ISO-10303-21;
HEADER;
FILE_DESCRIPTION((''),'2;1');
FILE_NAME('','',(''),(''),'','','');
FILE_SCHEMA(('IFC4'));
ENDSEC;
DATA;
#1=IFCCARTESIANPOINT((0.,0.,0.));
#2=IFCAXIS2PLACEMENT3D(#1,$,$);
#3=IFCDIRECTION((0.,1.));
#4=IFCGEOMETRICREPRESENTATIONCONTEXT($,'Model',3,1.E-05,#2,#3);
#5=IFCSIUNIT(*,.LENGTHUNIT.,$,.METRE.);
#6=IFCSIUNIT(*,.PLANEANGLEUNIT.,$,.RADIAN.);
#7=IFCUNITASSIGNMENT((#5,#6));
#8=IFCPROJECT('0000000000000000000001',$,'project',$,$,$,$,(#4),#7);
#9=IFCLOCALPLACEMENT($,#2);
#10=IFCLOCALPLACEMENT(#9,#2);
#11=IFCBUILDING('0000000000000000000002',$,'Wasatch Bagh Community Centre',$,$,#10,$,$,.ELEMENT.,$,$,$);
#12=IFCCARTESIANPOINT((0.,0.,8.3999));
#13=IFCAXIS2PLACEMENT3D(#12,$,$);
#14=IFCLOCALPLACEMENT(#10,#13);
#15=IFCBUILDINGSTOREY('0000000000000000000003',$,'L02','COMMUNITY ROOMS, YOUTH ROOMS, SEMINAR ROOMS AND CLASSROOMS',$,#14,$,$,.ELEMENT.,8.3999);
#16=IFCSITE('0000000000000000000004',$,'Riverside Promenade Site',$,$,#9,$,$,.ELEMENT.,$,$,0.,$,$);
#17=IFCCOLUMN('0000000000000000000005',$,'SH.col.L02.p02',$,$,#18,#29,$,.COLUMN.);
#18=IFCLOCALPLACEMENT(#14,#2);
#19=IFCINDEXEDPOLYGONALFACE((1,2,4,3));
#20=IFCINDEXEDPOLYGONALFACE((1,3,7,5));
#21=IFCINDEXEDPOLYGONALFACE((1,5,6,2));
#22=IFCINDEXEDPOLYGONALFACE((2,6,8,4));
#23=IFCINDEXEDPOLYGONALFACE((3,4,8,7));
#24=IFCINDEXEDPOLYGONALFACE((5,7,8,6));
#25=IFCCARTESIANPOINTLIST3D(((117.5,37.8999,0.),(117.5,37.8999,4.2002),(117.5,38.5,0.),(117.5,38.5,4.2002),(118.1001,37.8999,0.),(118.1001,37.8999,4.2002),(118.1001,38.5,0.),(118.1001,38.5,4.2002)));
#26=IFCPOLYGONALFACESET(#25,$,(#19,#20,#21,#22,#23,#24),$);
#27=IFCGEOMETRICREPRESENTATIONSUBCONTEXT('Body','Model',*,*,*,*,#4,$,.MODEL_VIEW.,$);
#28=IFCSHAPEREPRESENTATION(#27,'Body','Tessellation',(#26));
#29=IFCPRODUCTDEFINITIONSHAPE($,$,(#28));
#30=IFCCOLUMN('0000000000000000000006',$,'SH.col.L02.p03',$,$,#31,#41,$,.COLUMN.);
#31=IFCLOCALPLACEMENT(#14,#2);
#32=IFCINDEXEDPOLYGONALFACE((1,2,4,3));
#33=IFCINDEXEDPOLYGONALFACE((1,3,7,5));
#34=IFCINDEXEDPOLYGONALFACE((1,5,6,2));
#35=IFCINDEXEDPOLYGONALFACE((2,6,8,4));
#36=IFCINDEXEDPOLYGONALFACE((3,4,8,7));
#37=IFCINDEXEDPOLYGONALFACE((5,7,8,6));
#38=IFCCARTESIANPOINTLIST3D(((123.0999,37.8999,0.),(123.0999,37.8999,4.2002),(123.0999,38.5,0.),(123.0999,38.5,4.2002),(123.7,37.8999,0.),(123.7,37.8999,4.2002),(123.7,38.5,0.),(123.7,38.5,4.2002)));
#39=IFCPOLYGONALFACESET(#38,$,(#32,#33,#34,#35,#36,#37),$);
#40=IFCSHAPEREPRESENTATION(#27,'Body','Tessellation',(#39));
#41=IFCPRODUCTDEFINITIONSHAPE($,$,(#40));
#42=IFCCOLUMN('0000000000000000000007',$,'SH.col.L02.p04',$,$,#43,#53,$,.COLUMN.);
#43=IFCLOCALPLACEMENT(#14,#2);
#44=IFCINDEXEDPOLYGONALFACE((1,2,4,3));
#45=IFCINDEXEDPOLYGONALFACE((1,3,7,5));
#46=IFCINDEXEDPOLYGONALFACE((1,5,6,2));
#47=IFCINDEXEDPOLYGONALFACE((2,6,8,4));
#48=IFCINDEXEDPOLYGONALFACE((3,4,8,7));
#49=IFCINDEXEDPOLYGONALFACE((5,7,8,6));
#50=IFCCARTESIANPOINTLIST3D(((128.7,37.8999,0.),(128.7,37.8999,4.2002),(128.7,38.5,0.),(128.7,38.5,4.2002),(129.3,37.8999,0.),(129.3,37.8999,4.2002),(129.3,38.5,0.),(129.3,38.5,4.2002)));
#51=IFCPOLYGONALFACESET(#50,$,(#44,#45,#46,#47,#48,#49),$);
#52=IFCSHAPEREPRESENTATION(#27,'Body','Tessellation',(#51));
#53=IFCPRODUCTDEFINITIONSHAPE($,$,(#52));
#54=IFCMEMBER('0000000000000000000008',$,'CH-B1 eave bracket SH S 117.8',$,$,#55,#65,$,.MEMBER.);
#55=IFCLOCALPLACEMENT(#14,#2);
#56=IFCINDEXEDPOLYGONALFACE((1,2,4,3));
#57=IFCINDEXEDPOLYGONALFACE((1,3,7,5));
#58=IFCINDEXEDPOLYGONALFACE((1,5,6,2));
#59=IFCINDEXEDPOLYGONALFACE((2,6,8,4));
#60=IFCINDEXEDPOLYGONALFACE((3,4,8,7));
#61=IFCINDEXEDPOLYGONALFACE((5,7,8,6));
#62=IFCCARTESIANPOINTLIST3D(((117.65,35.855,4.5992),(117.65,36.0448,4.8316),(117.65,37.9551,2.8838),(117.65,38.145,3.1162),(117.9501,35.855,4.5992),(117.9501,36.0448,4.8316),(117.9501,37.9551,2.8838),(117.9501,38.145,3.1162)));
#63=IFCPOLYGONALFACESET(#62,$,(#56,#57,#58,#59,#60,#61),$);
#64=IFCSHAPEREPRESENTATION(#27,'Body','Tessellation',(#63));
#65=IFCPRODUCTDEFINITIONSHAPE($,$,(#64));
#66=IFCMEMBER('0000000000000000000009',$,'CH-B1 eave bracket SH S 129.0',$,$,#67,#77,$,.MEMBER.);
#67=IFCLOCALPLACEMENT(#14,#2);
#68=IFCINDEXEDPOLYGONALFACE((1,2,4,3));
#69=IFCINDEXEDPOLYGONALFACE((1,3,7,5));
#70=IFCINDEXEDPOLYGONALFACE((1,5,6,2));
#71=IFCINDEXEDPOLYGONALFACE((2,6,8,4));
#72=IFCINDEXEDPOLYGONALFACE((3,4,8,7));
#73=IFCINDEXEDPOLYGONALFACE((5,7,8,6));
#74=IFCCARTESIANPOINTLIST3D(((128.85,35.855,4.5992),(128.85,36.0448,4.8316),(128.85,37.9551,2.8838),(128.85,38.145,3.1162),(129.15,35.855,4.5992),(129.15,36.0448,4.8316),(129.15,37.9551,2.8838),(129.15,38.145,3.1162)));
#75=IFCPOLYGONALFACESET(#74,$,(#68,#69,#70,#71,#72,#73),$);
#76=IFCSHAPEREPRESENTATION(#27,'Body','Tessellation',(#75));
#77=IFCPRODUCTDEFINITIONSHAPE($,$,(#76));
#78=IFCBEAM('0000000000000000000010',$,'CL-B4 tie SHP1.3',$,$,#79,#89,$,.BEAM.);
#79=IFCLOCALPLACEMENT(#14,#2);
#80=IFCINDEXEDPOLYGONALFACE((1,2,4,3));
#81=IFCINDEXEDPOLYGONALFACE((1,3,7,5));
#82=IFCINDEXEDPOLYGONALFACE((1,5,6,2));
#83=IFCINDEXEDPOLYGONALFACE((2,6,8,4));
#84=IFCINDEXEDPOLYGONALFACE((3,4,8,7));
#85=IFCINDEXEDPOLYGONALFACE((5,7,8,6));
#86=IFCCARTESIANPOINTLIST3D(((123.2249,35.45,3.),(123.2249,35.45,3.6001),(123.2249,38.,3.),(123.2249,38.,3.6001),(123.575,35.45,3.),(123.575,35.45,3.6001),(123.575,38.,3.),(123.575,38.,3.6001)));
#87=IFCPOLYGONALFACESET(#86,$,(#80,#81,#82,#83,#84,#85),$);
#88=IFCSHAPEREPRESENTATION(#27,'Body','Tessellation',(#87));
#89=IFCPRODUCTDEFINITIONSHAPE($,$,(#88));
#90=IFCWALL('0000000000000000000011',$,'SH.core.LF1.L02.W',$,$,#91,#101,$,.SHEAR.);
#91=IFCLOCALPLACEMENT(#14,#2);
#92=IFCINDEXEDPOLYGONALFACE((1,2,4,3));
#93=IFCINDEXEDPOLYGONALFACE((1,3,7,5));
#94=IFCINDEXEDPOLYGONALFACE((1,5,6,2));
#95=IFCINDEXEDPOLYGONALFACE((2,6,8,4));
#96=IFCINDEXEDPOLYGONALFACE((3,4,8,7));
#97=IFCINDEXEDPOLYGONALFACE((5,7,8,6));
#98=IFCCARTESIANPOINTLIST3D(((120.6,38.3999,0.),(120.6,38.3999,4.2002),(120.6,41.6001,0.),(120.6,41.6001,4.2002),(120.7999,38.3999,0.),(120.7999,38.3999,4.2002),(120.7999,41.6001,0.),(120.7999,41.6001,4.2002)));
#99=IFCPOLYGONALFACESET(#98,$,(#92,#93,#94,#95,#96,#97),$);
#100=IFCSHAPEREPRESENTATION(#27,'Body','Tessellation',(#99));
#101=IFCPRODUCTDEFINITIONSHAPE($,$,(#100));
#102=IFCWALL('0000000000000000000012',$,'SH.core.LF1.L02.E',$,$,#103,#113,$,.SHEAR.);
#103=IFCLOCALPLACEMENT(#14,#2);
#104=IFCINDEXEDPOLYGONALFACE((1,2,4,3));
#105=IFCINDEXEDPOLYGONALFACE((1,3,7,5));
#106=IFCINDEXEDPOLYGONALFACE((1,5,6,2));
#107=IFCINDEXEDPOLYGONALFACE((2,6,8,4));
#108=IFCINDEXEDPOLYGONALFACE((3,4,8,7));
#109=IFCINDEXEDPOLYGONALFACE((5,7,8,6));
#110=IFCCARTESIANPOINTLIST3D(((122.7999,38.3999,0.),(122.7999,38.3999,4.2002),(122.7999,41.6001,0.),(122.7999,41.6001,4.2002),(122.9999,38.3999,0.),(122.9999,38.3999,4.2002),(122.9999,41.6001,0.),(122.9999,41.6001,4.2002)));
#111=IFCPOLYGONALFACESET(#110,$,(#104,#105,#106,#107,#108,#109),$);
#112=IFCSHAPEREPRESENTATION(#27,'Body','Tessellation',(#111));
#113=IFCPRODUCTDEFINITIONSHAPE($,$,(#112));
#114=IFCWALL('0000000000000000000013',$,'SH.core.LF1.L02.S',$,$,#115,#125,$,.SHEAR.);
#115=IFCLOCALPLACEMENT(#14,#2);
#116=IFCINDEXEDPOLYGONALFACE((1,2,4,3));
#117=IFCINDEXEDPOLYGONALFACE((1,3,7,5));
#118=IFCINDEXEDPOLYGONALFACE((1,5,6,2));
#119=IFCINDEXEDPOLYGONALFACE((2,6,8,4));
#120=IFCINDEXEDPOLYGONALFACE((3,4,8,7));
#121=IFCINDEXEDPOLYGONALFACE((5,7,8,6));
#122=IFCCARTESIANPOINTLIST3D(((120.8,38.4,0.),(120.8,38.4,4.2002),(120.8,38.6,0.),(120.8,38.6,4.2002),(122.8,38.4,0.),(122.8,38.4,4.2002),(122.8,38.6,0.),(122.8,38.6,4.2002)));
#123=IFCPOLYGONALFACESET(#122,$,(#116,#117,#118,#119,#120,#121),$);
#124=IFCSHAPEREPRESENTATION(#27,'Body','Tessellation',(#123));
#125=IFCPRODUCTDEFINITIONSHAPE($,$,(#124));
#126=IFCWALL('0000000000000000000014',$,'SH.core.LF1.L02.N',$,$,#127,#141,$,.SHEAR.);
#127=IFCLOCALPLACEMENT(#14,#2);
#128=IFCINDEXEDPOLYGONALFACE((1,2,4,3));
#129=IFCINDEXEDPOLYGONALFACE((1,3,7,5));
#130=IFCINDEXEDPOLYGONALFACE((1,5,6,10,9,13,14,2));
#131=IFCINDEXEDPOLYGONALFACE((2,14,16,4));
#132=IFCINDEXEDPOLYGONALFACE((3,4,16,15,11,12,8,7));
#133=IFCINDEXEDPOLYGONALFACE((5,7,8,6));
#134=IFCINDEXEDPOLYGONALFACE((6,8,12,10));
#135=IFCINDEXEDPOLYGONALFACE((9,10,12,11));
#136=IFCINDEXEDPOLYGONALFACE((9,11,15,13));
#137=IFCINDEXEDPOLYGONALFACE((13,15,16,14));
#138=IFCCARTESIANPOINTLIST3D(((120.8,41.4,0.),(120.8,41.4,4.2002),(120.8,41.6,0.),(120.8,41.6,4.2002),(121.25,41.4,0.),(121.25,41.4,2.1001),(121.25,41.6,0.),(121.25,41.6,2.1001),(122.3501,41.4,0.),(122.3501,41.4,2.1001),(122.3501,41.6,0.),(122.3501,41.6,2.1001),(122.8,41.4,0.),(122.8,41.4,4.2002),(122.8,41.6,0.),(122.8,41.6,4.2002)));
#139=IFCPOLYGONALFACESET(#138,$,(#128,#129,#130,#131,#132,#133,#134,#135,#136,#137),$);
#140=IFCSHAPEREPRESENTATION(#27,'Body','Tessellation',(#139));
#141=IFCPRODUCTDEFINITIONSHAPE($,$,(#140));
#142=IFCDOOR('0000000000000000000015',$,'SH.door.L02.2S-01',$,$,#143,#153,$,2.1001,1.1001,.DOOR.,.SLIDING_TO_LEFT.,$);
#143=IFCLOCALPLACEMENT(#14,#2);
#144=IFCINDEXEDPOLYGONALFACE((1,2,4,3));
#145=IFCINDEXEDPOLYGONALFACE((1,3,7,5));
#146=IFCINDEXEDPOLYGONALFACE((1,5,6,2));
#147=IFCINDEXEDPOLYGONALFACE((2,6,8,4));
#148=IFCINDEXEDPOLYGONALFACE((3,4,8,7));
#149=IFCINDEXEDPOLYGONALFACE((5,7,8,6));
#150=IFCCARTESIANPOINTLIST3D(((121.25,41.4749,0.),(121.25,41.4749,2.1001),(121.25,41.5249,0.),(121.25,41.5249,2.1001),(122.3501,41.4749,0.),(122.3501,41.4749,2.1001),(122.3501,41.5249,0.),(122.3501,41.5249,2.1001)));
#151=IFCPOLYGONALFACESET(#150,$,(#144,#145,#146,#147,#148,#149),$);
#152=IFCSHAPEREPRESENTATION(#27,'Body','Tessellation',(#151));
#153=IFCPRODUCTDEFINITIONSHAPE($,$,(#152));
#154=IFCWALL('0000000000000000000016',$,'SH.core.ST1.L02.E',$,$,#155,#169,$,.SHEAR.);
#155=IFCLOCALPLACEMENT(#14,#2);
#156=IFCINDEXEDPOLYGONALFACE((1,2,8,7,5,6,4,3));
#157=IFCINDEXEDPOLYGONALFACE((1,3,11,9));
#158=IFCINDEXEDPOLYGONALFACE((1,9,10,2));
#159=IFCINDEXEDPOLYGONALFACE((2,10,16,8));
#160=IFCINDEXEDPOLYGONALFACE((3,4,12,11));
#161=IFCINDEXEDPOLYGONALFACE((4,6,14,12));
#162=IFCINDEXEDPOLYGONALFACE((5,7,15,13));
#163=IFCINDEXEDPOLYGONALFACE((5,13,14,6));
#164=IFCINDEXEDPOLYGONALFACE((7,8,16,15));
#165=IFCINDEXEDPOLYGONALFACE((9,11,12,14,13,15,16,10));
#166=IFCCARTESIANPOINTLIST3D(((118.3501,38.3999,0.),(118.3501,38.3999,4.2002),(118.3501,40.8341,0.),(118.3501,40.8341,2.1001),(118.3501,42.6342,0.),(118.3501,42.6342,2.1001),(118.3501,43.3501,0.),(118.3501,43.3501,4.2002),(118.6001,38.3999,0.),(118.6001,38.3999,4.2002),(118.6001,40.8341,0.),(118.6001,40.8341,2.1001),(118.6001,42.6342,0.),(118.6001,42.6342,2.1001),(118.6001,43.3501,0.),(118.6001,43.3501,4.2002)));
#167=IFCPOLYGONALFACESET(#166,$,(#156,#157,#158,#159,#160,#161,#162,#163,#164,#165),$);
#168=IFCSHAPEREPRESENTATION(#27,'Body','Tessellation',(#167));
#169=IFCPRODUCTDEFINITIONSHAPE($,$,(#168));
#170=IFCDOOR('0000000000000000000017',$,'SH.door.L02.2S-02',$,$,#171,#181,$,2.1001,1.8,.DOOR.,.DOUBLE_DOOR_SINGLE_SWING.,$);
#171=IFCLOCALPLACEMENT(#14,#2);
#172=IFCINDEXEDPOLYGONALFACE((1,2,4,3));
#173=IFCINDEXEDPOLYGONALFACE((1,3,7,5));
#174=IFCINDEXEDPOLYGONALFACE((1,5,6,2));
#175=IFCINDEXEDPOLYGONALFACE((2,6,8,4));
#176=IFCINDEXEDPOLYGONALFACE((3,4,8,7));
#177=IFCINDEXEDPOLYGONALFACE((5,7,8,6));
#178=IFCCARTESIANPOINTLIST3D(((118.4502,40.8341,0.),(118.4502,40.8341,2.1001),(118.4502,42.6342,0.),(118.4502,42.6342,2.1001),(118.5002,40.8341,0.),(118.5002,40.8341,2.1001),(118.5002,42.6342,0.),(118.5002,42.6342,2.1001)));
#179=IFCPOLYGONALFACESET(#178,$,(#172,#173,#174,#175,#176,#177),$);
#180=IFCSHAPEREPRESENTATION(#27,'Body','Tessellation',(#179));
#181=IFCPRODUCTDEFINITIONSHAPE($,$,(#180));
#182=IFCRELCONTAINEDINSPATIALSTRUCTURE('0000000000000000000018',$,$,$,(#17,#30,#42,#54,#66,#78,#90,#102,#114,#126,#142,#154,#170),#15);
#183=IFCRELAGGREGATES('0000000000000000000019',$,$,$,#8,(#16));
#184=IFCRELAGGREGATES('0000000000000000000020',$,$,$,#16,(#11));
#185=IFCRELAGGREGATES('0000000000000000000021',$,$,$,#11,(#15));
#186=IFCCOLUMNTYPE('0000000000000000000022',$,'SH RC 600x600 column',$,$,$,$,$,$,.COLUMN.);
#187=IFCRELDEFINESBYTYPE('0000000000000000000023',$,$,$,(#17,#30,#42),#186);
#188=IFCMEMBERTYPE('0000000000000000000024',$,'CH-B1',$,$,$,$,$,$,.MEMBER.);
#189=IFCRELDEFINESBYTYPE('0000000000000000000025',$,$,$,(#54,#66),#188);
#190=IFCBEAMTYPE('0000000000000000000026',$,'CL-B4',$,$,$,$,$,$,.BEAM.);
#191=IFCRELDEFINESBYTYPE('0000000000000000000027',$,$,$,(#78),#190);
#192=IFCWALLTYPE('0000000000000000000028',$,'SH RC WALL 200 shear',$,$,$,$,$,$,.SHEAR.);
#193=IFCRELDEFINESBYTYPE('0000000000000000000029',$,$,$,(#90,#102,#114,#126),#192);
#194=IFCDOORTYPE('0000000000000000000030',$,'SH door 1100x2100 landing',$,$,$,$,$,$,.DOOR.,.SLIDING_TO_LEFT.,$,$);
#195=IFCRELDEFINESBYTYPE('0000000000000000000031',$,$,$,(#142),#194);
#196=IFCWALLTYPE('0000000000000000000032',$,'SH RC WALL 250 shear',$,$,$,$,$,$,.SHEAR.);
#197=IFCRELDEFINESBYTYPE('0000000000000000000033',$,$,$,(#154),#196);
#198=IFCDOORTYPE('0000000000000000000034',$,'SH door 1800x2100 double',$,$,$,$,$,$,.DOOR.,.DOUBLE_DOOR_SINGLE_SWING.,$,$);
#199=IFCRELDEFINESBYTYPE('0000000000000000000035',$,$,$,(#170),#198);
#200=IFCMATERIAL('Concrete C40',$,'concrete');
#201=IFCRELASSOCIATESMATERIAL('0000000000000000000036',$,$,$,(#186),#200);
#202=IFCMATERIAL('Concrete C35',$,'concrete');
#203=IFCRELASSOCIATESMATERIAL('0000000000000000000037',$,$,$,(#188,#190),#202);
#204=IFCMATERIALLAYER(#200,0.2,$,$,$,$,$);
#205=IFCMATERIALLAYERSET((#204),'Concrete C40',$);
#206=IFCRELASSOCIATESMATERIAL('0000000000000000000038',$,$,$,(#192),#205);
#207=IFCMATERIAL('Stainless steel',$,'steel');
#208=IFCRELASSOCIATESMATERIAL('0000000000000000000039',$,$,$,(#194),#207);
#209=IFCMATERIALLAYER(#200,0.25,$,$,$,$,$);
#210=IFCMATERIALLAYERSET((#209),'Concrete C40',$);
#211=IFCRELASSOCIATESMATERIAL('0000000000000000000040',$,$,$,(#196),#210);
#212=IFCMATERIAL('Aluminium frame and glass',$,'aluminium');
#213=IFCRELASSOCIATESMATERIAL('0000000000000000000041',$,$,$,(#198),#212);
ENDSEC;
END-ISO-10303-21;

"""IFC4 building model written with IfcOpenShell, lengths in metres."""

from ifc_helpers import new_model, si_unit, direction, frame, frame_2d, origin, origin_2d, place, context, subcontext, project, spatial, rectangle, extrude, material, layer, layer_set, material_profile, profile_set, type_object, element, fill, save


model = new_model("IFC4")

# Units and contexts
model_context = context("Model", 3, precision=1e-05, world=origin(), true_north=direction((0.0, 1.0)))
body_context = subcontext(model_context, "Body", "Model", "MODEL_VIEW")
ifc_project = project(units=[si_unit("LENGTHUNIT", "METRE"), si_unit("PLANEANGLEUNIT", "RADIAN")], contexts=[model_context])

# Site, building, storey
site_placement = place(None, origin())
site = spatial("IfcSite", under=ifc_project, at=site_placement, Name="Riverside Promenade Site", CompositionType="ELEMENT", RefElevation=0.0)
building_placement = place(site_placement, origin())
building = spatial("IfcBuilding", under=site, at=building_placement, Name="Wasatch Bagh Community Centre", CompositionType="ELEMENT")
storey_placement = place(building_placement, frame((0.0, 0.0, 8.3999)))
storey = spatial("IfcBuildingStorey", under=building, at=storey_placement, Name="L02", Description="COMMUNITY ROOMS, YOUTH ROOMS, SEMINAR ROOMS AND CLASSROOMS", CompositionType="ELEMENT", Elevation=8.3999)

# Columns
ifc_material_1 = material(Name="Concrete C40", Category="concrete")
ifc_material_profile_1 = material_profile(ifc_material_1, rectangle(XDim=0.6001, YDim=0.6001, at=origin_2d()), Name="RC 600x600")
ifc_profile_set_1 = profile_set([ifc_material_profile_1], Name="Concrete C40")
column_type = type_object("IfcColumnType", Name="SH RC 600x600 column", PredefinedType="COLUMN", material=ifc_profile_set_1)
for number, where, z_axis, x_axis, name in (
    (1, (117.8, 38.2, 0.0), (0.0, 0.0, 1.0), (1.0, 0.0, 0.0), "SH.col.L02.p02"),
    (2, (123.3999, 38.2, 0.0), (0.0, 0.0, 1.0), (1.0, 0.0, 0.0), "SH.col.L02.p03"),
    (3, (129.0, 38.2, 0.0), (0.0, 0.0, 1.0), (1.0, 0.0, 0.0), "SH.col.L02.p04"),
):
    element("IfcColumn", number, at=place(storey_placement, frame(where, z_axis=z_axis, x_axis=x_axis)), inside=storey, type_object=column_type, Name=name, PredefinedType="COLUMN", context=body_context, shape_type="SweptSolid", body=[
        extrude(rectangle(XDim=0.6001, YDim=0.6001, at=origin_2d()), origin(), (0.0, 0.0, 1.0), 4.2002),
    ])

# Members
ifc_material_2 = material(Name="Concrete C35", Category="concrete")
ifc_material_profile_2 = material_profile(ifc_material_2, rectangle(XDim=0.3, YDim=0.3, at=origin_2d()), Name="RC 300x300")
ifc_profile_set_2 = profile_set([ifc_material_profile_2], Name="Concrete C35")
member_type = type_object("IfcMemberType", Name="CH-B1", PredefinedType="MEMBER", material=ifc_profile_set_2)
for number, where, z_axis, x_axis, name in (
    (4, (117.8, 38.05, 3.0), (0.0, -0.774487, 0.63259), (1.0, 0.0, 0.0), "CH-B1 eave bracket SH S 117.8"),
    (5, (129.0, 38.05, 3.0), (0.0, -0.774487, 0.63259), (1.0, 0.0, 0.0), "CH-B1 eave bracket SH S 129.0"),
):
    element("IfcMember", number, at=place(storey_placement, frame(where, z_axis=z_axis, x_axis=x_axis)), inside=storey, type_object=member_type, Name=name, PredefinedType="MEMBER", context=body_context, shape_type="SweptSolid", body=[
        extrude(rectangle(XDim=0.3, YDim=0.3, at=origin_2d()), origin(), (0.0, 0.0, 1.0), 2.7117),
    ])

# Beam
ifc_material_profile_3 = material_profile(ifc_material_2, rectangle(XDim=0.3501, YDim=0.6001, at=origin_2d()), Name="RC 350x600")
ifc_profile_set_3 = profile_set([ifc_material_profile_3], Name="Concrete C35")
beam_type = type_object("IfcBeamType", Name="CL-B4", PredefinedType="BEAM", material=ifc_profile_set_3)
beam_placement = place(storey_placement, frame((123.3999, 38.0, 3.3), z_axis=(0.0, -1.0, 0.0), x_axis=(1.0, 0.0, 0.0)))
element("IfcBeam", 6, at=beam_placement, inside=storey, type_object=beam_type, Name="CL-B4 tie SHP1.3", PredefinedType="BEAM", context=body_context, shape_type="SweptSolid", body=[
    extrude(rectangle(XDim=0.3501, YDim=0.6001, at=origin_2d()), origin(), (0.0, 0.0, 1.0), 2.55),
])

# Walls
ifc_layer_1 = layer(ifc_material_1, 0.2)
ifc_layer_set_1 = layer_set([ifc_layer_1], Name="Concrete C40")
wall_type_1 = type_object("IfcWallType", Name="SH RC WALL 200 shear", PredefinedType="SHEAR", material=ifc_layer_set_1)
for number, where, z_axis, x_axis, name in (
    (7, (120.7, 38.3999, 0.0), (0.0, 0.0, 1.0), (0.0, 1.0, 0.0), "SH.core.LF1.L02.W"),
    (8, (122.8999, 38.3999, 0.0), (0.0, 0.0, 1.0), (0.0, 1.0, 0.0), "SH.core.LF1.L02.E"),
):
    element("IfcWall", number, at=place(storey_placement, frame(where, z_axis=z_axis, x_axis=x_axis)), inside=storey, type_object=wall_type_1, Name=name, PredefinedType="SHEAR", context=body_context, shape_type="SweptSolid", body=[
        extrude(rectangle(XDim=3.2002, YDim=0.2, at=frame_2d((1.6001, 0.0))), origin(), (0.0, 0.0, 1.0), 4.2002),
    ])
wall_1_placement = place(storey_placement, frame((120.8, 38.5, 0.0), z_axis=(0.0, 0.0, 1.0), x_axis=(1.0, 0.0, 0.0)))
element("IfcWall", 9, at=wall_1_placement, inside=storey, type_object=wall_type_1, Name="SH.core.LF1.L02.S", PredefinedType="SHEAR", context=body_context, shape_type="SweptSolid", body=[
    extrude(rectangle(XDim=2.0, YDim=0.2, at=frame_2d((1.0, 0.0))), origin(), (0.0, 0.0, 1.0), 4.2002),
])

# Walls, openings, doors
wall_2_placement = place(storey_placement, frame((120.8, 41.5, 0.0), z_axis=(0.0, 0.0, 1.0), x_axis=(1.0, 0.0, 0.0)))
wall_2 = element("IfcWall", 10, at=wall_2_placement, inside=storey, type_object=wall_type_1, Name="SH.core.LF1.L02.N", PredefinedType="SHEAR", context=body_context, shape_type="SweptSolid", body=[
    extrude(rectangle(XDim=2.0, YDim=0.2, at=frame_2d((1.0, 0.0))), origin(), (0.0, 0.0, 1.0), 4.2002),
])
opening_1_placement = place(wall_2_placement, frame((0.45, 0.0, 0.0)))
opening_1 = element("IfcOpeningElement", 11, at=opening_1_placement, cuts=wall_2, PredefinedType="OPENING", context=body_context, shape_type="SweptSolid", body=[
    extrude(rectangle(XDim=1.1001, YDim=2.1001, at=frame_2d((0.55, 1.05))), frame((0.0, 0.1099, 0.0), z_axis=(0.0, -1.0, 0.0), x_axis=(1.0, 0.0, 0.0)), (0.0, 0.0, 1.0), 0.22),
])
ifc_material_3 = material(Name="Stainless steel", Category="steel")
door_type_1 = type_object("IfcDoorType", Name="SH door 1100x2100 landing", OperationType="SLIDING_TO_LEFT", PredefinedType="DOOR", material=ifc_material_3)
door_1_placement = place(opening_1_placement, origin())
door_1 = element("IfcDoor", 12, at=door_1_placement, inside=storey, type_object=door_type_1, Name="SH.door.L02.2S-01", OperationType="SLIDING_TO_LEFT", OverallHeight=2.1001, OverallWidth=1.1001, PredefinedType="DOOR", context=body_context, shape_type="SweptSolid", body=[
    extrude(rectangle(XDim=1.1001, YDim=2.1001, at=frame_2d((0.55, 1.05))), frame((0.0, 0.0249, 0.0), z_axis=(0.0, -1.0, 0.0), x_axis=(1.0, 0.0, 0.0)), (0.0, 0.0, 1.0), 0.05),
])
fill(opening_1, door_1)
ifc_layer_2 = layer(ifc_material_1, 0.25)
ifc_layer_set_2 = layer_set([ifc_layer_2], Name="Concrete C40")
wall_type_2 = type_object("IfcWallType", Name="SH RC WALL 250 shear", PredefinedType="SHEAR", material=ifc_layer_set_2)
wall_3_placement = place(storey_placement, frame((118.4751, 38.3999, 0.0), z_axis=(0.0, 0.0, 1.0), x_axis=(0.0, 1.0, 0.0)))
wall_3 = element("IfcWall", 13, at=wall_3_placement, inside=storey, type_object=wall_type_2, Name="SH.core.ST1.L02.E", PredefinedType="SHEAR", context=body_context, shape_type="SweptSolid", body=[
    extrude(rectangle(XDim=4.9502, YDim=0.25, at=frame_2d((2.4751, 0.0))), origin(), (0.0, 0.0, 1.0), 4.2002),
])
opening_2_placement = place(wall_3_placement, frame((2.4343, 0.0, 0.0)))
opening_2 = element("IfcOpeningElement", 14, at=opening_2_placement, cuts=wall_3, PredefinedType="OPENING", context=body_context, shape_type="SweptSolid", body=[
    extrude(rectangle(XDim=1.8, YDim=2.1001, at=frame_2d((0.8999, 1.05))), frame((0.0, 0.135, 0.0), z_axis=(0.0, -1.0, 0.0), x_axis=(1.0, 0.0, 0.0)), (0.0, 0.0, 1.0), 0.27),
])
ifc_material_4 = material(Name="Aluminium frame and glass", Category="aluminium")
door_type_2 = type_object("IfcDoorType", Name="SH door 1800x2100 double", OperationType="DOUBLE_DOOR_SINGLE_SWING", PredefinedType="DOOR", material=ifc_material_4)
door_2_placement = place(opening_2_placement, origin())
door_2 = element("IfcDoor", 15, at=door_2_placement, inside=storey, type_object=door_type_2, Name="SH.door.L02.2S-02", OperationType="DOUBLE_DOOR_SINGLE_SWING", OverallHeight=2.1001, OverallWidth=1.8, PredefinedType="DOOR", context=body_context, shape_type="SweptSolid", body=[
    extrude(rectangle(XDim=1.8, YDim=2.1001, at=frame_2d((0.8999, 1.05))), frame((0.0, 0.0249, 0.0), z_axis=(0.0, -1.0, 0.0), x_axis=(1.0, 0.0, 0.0)), (0.0, 0.0, 1.0), 0.05),
])
fill(opening_2, door_2)

save(model, "model.ifc")
